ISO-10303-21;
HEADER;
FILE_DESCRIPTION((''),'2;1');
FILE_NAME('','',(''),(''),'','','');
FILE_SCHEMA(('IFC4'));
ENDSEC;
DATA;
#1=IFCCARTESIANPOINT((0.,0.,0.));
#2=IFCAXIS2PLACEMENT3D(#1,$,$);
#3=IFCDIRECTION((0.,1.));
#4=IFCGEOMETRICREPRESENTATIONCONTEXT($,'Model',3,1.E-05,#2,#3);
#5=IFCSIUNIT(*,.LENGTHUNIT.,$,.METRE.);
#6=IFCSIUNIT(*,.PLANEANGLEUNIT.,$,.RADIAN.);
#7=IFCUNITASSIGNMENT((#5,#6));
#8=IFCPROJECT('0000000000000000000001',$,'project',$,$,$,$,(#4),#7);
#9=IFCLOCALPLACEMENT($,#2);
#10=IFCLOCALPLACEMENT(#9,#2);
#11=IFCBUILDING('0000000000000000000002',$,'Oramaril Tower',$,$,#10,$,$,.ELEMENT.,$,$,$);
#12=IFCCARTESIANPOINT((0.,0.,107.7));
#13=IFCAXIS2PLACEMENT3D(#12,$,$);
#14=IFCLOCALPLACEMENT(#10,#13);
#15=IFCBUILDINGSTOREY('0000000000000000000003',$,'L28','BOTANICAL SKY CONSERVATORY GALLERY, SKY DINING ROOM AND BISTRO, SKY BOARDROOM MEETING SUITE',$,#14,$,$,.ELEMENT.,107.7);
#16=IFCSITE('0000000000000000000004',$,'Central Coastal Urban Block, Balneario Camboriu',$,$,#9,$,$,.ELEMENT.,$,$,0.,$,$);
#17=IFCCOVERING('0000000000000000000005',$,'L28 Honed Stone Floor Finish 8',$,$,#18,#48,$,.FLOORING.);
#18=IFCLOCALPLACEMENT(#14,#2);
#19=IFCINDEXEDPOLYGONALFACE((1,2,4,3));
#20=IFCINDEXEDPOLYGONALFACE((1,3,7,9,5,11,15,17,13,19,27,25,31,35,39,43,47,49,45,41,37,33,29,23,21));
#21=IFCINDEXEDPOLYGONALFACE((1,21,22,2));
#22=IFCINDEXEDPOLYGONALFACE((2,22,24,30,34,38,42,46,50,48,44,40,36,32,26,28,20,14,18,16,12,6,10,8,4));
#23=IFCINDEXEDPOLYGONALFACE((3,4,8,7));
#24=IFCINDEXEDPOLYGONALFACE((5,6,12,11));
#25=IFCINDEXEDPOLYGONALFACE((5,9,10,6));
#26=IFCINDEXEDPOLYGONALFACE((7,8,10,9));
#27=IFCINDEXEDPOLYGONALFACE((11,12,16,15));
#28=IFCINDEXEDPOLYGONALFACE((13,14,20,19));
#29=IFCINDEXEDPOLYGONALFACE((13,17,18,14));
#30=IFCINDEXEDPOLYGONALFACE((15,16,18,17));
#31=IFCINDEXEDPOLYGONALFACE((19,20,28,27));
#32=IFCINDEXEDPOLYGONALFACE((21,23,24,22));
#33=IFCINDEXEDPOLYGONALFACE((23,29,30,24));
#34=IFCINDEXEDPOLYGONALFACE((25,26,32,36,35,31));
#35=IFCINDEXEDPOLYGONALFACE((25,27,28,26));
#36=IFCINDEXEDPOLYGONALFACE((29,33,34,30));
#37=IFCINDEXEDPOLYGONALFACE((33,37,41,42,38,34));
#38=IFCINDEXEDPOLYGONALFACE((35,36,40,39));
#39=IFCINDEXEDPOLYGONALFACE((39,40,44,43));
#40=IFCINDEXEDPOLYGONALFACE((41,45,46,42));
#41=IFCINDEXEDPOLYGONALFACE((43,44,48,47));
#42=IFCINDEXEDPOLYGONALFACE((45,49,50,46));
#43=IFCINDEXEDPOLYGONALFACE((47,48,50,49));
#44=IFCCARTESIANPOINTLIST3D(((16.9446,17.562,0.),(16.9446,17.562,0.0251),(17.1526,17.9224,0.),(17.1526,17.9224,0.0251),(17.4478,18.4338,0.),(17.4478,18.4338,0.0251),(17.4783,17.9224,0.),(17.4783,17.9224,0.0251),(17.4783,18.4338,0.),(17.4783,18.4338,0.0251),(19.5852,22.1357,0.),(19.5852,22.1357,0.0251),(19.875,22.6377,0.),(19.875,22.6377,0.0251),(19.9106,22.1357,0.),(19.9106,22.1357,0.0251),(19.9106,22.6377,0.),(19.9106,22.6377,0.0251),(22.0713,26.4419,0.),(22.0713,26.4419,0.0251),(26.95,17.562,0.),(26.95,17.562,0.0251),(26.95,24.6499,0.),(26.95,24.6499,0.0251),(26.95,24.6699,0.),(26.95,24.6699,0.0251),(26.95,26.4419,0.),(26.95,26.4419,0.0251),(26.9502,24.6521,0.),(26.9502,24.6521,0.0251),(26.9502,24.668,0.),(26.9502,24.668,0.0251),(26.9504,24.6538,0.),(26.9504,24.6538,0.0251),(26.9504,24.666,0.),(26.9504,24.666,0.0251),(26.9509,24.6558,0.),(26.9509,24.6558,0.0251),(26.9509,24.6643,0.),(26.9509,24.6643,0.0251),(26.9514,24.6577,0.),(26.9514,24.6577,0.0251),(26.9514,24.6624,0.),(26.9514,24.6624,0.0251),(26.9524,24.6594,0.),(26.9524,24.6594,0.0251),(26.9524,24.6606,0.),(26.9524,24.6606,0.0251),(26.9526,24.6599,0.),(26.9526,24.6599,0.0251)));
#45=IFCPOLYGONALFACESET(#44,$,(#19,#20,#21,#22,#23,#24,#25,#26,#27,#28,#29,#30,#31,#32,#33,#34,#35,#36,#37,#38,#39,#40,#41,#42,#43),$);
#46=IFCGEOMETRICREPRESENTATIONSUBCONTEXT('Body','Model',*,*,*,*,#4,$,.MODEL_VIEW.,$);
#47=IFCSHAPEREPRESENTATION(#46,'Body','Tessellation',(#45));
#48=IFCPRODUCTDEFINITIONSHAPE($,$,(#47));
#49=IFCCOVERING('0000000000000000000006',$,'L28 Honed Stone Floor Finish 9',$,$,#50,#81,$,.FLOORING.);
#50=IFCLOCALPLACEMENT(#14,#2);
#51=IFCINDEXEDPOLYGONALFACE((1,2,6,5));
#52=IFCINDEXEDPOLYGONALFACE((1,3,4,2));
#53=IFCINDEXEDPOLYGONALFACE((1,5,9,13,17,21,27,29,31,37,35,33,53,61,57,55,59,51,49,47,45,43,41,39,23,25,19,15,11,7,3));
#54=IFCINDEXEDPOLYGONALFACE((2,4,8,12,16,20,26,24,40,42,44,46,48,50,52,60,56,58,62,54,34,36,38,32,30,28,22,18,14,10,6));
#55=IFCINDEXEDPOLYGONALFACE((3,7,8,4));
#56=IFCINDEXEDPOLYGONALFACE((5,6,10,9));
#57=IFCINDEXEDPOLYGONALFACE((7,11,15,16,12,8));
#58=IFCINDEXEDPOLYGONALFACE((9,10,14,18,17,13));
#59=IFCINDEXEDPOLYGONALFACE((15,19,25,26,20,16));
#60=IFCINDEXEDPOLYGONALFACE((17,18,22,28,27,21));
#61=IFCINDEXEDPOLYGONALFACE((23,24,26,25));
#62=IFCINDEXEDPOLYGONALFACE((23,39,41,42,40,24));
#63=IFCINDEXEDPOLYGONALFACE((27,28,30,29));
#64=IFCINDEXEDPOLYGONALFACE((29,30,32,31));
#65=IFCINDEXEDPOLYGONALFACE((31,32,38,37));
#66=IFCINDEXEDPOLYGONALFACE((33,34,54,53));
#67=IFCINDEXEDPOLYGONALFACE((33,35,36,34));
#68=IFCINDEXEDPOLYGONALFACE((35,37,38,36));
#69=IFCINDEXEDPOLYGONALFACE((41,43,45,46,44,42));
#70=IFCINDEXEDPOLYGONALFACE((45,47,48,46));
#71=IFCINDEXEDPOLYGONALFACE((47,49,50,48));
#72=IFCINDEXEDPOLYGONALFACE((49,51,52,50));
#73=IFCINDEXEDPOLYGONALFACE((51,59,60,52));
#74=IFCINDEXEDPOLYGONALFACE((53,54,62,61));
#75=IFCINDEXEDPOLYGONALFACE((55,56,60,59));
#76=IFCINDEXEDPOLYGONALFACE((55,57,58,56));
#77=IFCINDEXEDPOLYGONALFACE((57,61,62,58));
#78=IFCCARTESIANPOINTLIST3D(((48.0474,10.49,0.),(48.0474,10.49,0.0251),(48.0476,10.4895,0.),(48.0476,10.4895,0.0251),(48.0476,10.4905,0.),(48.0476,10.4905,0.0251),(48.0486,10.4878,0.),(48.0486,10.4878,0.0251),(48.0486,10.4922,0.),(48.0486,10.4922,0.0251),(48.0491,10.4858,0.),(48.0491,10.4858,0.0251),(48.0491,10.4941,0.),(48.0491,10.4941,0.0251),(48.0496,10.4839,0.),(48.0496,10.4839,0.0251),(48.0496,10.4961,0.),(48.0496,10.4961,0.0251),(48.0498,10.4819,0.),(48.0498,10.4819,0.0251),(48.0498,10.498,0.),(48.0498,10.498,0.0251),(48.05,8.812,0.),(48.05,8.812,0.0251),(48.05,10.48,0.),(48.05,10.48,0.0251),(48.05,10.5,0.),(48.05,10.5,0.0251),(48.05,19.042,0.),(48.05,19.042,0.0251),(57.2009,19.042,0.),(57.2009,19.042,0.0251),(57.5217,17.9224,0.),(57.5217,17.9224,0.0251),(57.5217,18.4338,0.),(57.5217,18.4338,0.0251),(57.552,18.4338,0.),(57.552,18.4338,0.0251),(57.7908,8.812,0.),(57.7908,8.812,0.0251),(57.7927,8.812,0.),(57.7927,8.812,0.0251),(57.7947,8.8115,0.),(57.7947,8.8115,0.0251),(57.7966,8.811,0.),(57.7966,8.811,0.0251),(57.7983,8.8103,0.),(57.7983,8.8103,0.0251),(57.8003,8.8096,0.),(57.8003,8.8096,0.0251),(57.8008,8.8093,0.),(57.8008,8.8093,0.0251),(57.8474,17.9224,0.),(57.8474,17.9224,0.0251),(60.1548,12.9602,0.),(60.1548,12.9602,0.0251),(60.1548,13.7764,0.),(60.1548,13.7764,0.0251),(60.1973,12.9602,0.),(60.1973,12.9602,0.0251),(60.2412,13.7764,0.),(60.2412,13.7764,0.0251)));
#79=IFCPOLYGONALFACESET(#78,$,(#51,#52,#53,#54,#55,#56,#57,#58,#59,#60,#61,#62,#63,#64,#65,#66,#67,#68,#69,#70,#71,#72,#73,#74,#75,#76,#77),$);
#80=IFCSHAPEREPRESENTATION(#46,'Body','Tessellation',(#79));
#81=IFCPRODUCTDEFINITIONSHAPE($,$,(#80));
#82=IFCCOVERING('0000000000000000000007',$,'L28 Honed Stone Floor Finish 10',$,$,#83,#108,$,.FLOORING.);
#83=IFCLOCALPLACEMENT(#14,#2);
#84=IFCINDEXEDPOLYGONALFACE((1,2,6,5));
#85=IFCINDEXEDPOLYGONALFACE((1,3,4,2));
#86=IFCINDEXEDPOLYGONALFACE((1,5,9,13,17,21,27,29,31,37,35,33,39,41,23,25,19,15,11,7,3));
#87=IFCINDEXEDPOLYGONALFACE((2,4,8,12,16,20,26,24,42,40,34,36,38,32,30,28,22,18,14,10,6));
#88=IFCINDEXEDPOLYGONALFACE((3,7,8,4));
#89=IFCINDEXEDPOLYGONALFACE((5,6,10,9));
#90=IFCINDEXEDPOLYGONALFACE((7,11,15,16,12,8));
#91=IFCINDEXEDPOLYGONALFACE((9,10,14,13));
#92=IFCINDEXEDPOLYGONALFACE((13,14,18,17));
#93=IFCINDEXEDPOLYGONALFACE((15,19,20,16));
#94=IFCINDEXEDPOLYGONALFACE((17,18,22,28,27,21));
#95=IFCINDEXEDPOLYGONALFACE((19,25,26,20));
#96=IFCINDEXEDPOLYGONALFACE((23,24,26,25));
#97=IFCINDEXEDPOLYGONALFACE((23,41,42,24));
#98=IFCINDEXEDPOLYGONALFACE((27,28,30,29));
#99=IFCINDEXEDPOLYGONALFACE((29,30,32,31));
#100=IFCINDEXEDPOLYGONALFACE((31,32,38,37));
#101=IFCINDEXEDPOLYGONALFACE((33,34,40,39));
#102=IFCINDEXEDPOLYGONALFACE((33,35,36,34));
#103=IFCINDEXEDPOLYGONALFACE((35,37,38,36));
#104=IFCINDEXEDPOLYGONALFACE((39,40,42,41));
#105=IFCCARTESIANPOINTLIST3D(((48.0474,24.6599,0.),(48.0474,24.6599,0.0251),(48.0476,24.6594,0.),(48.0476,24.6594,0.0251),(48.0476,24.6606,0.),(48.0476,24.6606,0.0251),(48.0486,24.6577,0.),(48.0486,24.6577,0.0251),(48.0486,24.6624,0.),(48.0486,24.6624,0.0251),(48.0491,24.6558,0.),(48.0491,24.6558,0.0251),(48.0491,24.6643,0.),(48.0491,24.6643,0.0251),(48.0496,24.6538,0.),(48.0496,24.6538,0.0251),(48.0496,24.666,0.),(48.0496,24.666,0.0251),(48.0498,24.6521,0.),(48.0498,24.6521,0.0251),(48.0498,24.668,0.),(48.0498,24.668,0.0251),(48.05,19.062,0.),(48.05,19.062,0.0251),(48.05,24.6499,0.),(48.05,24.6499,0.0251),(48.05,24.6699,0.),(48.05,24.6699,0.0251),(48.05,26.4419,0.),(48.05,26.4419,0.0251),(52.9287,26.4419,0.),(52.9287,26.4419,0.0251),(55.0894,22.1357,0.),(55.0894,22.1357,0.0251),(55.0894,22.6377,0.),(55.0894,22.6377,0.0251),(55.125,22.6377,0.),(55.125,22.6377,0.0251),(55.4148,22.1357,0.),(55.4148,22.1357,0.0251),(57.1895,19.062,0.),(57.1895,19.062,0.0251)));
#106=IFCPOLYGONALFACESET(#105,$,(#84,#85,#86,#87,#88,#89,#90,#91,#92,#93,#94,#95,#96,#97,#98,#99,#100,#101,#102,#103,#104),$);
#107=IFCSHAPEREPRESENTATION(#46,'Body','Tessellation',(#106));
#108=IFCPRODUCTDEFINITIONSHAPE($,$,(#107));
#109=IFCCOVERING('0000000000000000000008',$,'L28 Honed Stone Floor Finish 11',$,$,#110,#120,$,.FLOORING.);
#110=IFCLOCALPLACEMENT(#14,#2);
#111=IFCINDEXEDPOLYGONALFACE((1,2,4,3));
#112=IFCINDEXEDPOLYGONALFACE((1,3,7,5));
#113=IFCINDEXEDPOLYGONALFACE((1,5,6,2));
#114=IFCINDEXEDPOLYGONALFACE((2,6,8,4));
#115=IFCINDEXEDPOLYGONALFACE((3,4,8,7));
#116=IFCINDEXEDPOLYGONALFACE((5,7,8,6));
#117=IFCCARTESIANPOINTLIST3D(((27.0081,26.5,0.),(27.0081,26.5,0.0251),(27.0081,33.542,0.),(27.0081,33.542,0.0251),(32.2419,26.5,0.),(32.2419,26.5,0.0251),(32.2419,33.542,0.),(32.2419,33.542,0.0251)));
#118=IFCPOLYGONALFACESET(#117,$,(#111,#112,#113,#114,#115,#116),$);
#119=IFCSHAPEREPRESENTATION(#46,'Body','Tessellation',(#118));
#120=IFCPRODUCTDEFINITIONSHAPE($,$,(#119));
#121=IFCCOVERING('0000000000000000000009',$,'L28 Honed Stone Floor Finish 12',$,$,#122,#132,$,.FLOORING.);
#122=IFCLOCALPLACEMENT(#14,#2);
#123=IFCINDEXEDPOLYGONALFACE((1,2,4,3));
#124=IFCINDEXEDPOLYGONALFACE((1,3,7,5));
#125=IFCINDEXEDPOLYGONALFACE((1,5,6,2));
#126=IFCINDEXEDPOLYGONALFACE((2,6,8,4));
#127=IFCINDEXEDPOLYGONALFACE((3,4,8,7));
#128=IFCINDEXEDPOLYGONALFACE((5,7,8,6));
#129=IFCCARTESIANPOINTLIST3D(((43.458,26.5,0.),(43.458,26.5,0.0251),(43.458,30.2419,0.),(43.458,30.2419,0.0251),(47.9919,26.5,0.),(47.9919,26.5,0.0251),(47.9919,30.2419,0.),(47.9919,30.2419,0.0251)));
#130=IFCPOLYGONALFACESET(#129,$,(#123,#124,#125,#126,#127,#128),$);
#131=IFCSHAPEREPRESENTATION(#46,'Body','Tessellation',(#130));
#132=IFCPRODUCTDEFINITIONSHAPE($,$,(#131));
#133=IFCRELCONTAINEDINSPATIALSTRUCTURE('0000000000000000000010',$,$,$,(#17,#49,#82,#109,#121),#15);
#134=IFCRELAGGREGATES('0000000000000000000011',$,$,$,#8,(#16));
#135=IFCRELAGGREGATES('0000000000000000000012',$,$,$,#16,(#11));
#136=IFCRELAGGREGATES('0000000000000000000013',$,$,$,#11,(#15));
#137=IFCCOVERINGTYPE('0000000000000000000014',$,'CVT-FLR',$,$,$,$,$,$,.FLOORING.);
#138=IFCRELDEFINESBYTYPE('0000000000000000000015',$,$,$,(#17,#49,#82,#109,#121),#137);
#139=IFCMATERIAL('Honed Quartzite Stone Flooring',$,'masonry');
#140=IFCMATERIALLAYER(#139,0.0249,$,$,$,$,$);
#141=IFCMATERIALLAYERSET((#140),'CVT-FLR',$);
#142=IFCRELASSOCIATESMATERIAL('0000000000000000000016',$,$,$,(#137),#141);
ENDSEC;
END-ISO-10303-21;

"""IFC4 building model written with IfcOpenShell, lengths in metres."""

from ifc_helpers import new_model, si_unit, direction, frame, origin, place, context, subcontext, project, spatial, polyline, outline, extrude, material, layer, layer_set, type_object, element, save


model = new_model("IFC4")

# Units and contexts
model_context = context("Model", 3, precision=1e-05, world=origin(), true_north=direction((0.0, 1.0)))
body_context = subcontext(model_context, "Body", "Model", "MODEL_VIEW")
ifc_project = project(units=[si_unit("LENGTHUNIT", "METRE"), si_unit("PLANEANGLEUNIT", "RADIAN")], contexts=[model_context])

# Site, building, storey
site_placement = place(None, origin())
site = spatial("IfcSite", under=ifc_project, at=site_placement, Name="Central Coastal Urban Block, Balneario Camboriu", CompositionType="ELEMENT", RefElevation=0.0)
building_placement = place(site_placement, origin())
building = spatial("IfcBuilding", under=site, at=building_placement, Name="Oramaril Tower", CompositionType="ELEMENT")
storey_placement = place(building_placement, frame((0.0, 0.0, 107.7)))
storey = spatial("IfcBuildingStorey", under=building, at=storey_placement, Name="L28", Description="BOTANICAL SKY CONSERVATORY GALLERY, SKY DINING ROOM AND BISTRO, SKY BOARDROOM MEETING SUITE", CompositionType="ELEMENT", Elevation=107.7)

# Coverings
ifc_material_1 = material(Name="Honed Quartzite Stone Flooring", Category="masonry")
ifc_layer_1 = layer(ifc_material_1, 0.0249)
ifc_layer_set_1 = layer_set([ifc_layer_1], Name="CVT-FLR")
covering_type_1 = type_object("IfcCoveringType", Name="CVT-FLR", PredefinedType="FLOORING", material=ifc_layer_set_1)
covering_1_placement = place(storey_placement, origin())
element("IfcCovering", 1, at=covering_1_placement, inside=storey, type_object=covering_type_1, Name="L28 Honed Stone Floor Finish 8", PredefinedType="FLOORING", context=body_context, shape_type="SweptSolid", body=[
    extrude(outline(polyline([(17.1526, 17.9224), (17.4783, 17.9224), (17.4783, 18.4338), (17.4478, 18.4338), (19.5852, 22.1357), (19.9106, 22.1357), (19.9106, 22.6377), (19.875, 22.6377), (22.0713, 26.4419), (26.95, 26.4419), (26.95, 24.6699), (26.9502, 24.668), (26.9504, 24.666), (26.9509, 24.6643), (26.9514, 24.6624), (26.9524, 24.6606), (26.9526, 24.6599), (26.9524, 24.6594), (26.9514, 24.6577), (26.9509, 24.6558), (26.9504, 24.6538), (26.9502, 24.6521), (26.95, 24.6499), (26.95, 17.562), (16.9446, 17.562), (17.1526, 17.9224)])), origin(), (0.0, 0.0, 1.0), 0.0251),
])
covering_2_placement = place(storey_placement, origin())
element("IfcCovering", 2, at=covering_2_placement, inside=storey, type_object=covering_type_1, Name="L28 Honed Stone Floor Finish 9", PredefinedType="FLOORING", context=body_context, shape_type="SweptSolid", body=[
    extrude(outline(polyline([(57.2009, 19.042), (57.552, 18.4338), (57.5217, 18.4338), (57.5217, 17.9224), (57.8474, 17.9224), (60.2412, 13.7764), (60.1548, 13.7764), (60.1548, 12.9602), (60.1973, 12.9602), (57.8008, 8.8093), (57.8003, 8.8096), (57.7983, 8.8103), (57.7966, 8.811), (57.7947, 8.8115), (57.7927, 8.812), (57.7908, 8.812), (48.05, 8.812), (48.05, 10.48), (48.0498, 10.4819), (48.0496, 10.4839), (48.0491, 10.4858), (48.0486, 10.4878), (48.0476, 10.4895), (48.0474, 10.49), (48.0476, 10.4905), (48.0486, 10.4922), (48.0491, 10.4941), (48.0496, 10.4961), (48.0498, 10.498), (48.05, 10.5), (48.05, 19.042), (57.2009, 19.042)])), origin(), (0.0, 0.0, 1.0), 0.0251),
])
covering_3_placement = place(storey_placement, origin())
element("IfcCovering", 3, at=covering_3_placement, inside=storey, type_object=covering_type_1, Name="L28 Honed Stone Floor Finish 10", PredefinedType="FLOORING", context=body_context, shape_type="SweptSolid", body=[
    extrude(outline(polyline([(55.125, 22.6377), (55.0894, 22.6377), (55.0894, 22.1357), (55.4148, 22.1357), (57.1895, 19.062), (48.05, 19.062), (48.05, 24.6499), (48.0498, 24.6521), (48.0496, 24.6538), (48.0491, 24.6558), (48.0486, 24.6577), (48.0476, 24.6594), (48.0474, 24.6599), (48.0476, 24.6606), (48.0486, 24.6624), (48.0491, 24.6643), (48.0496, 24.666), (48.0498, 24.668), (48.05, 24.6699), (48.05, 26.4419), (52.9287, 26.4419), (55.125, 22.6377)])), origin(), (0.0, 0.0, 1.0), 0.0251),
])
covering_4_placement = place(storey_placement, origin())
element("IfcCovering", 4, at=covering_4_placement, inside=storey, type_object=covering_type_1, Name="L28 Honed Stone Floor Finish 11", PredefinedType="FLOORING", context=body_context, shape_type="SweptSolid", body=[
    extrude(outline(polyline([(32.2419, 33.542), (32.2419, 26.5), (27.0081, 26.5), (27.0081, 33.542), (32.2419, 33.542)])), origin(), (0.0, 0.0, 1.0), 0.0251),
])
covering_5_placement = place(storey_placement, origin())
element("IfcCovering", 5, at=covering_5_placement, inside=storey, type_object=covering_type_1, Name="L28 Honed Stone Floor Finish 12", PredefinedType="FLOORING", context=body_context, shape_type="SweptSolid", body=[
    extrude(outline(polyline([(47.9919, 30.2419), (47.9919, 26.5), (43.458, 26.5), (43.458, 30.2419), (47.9919, 30.2419)])), origin(), (0.0, 0.0, 1.0), 0.0251),
])

save(model, "model.ifc")
